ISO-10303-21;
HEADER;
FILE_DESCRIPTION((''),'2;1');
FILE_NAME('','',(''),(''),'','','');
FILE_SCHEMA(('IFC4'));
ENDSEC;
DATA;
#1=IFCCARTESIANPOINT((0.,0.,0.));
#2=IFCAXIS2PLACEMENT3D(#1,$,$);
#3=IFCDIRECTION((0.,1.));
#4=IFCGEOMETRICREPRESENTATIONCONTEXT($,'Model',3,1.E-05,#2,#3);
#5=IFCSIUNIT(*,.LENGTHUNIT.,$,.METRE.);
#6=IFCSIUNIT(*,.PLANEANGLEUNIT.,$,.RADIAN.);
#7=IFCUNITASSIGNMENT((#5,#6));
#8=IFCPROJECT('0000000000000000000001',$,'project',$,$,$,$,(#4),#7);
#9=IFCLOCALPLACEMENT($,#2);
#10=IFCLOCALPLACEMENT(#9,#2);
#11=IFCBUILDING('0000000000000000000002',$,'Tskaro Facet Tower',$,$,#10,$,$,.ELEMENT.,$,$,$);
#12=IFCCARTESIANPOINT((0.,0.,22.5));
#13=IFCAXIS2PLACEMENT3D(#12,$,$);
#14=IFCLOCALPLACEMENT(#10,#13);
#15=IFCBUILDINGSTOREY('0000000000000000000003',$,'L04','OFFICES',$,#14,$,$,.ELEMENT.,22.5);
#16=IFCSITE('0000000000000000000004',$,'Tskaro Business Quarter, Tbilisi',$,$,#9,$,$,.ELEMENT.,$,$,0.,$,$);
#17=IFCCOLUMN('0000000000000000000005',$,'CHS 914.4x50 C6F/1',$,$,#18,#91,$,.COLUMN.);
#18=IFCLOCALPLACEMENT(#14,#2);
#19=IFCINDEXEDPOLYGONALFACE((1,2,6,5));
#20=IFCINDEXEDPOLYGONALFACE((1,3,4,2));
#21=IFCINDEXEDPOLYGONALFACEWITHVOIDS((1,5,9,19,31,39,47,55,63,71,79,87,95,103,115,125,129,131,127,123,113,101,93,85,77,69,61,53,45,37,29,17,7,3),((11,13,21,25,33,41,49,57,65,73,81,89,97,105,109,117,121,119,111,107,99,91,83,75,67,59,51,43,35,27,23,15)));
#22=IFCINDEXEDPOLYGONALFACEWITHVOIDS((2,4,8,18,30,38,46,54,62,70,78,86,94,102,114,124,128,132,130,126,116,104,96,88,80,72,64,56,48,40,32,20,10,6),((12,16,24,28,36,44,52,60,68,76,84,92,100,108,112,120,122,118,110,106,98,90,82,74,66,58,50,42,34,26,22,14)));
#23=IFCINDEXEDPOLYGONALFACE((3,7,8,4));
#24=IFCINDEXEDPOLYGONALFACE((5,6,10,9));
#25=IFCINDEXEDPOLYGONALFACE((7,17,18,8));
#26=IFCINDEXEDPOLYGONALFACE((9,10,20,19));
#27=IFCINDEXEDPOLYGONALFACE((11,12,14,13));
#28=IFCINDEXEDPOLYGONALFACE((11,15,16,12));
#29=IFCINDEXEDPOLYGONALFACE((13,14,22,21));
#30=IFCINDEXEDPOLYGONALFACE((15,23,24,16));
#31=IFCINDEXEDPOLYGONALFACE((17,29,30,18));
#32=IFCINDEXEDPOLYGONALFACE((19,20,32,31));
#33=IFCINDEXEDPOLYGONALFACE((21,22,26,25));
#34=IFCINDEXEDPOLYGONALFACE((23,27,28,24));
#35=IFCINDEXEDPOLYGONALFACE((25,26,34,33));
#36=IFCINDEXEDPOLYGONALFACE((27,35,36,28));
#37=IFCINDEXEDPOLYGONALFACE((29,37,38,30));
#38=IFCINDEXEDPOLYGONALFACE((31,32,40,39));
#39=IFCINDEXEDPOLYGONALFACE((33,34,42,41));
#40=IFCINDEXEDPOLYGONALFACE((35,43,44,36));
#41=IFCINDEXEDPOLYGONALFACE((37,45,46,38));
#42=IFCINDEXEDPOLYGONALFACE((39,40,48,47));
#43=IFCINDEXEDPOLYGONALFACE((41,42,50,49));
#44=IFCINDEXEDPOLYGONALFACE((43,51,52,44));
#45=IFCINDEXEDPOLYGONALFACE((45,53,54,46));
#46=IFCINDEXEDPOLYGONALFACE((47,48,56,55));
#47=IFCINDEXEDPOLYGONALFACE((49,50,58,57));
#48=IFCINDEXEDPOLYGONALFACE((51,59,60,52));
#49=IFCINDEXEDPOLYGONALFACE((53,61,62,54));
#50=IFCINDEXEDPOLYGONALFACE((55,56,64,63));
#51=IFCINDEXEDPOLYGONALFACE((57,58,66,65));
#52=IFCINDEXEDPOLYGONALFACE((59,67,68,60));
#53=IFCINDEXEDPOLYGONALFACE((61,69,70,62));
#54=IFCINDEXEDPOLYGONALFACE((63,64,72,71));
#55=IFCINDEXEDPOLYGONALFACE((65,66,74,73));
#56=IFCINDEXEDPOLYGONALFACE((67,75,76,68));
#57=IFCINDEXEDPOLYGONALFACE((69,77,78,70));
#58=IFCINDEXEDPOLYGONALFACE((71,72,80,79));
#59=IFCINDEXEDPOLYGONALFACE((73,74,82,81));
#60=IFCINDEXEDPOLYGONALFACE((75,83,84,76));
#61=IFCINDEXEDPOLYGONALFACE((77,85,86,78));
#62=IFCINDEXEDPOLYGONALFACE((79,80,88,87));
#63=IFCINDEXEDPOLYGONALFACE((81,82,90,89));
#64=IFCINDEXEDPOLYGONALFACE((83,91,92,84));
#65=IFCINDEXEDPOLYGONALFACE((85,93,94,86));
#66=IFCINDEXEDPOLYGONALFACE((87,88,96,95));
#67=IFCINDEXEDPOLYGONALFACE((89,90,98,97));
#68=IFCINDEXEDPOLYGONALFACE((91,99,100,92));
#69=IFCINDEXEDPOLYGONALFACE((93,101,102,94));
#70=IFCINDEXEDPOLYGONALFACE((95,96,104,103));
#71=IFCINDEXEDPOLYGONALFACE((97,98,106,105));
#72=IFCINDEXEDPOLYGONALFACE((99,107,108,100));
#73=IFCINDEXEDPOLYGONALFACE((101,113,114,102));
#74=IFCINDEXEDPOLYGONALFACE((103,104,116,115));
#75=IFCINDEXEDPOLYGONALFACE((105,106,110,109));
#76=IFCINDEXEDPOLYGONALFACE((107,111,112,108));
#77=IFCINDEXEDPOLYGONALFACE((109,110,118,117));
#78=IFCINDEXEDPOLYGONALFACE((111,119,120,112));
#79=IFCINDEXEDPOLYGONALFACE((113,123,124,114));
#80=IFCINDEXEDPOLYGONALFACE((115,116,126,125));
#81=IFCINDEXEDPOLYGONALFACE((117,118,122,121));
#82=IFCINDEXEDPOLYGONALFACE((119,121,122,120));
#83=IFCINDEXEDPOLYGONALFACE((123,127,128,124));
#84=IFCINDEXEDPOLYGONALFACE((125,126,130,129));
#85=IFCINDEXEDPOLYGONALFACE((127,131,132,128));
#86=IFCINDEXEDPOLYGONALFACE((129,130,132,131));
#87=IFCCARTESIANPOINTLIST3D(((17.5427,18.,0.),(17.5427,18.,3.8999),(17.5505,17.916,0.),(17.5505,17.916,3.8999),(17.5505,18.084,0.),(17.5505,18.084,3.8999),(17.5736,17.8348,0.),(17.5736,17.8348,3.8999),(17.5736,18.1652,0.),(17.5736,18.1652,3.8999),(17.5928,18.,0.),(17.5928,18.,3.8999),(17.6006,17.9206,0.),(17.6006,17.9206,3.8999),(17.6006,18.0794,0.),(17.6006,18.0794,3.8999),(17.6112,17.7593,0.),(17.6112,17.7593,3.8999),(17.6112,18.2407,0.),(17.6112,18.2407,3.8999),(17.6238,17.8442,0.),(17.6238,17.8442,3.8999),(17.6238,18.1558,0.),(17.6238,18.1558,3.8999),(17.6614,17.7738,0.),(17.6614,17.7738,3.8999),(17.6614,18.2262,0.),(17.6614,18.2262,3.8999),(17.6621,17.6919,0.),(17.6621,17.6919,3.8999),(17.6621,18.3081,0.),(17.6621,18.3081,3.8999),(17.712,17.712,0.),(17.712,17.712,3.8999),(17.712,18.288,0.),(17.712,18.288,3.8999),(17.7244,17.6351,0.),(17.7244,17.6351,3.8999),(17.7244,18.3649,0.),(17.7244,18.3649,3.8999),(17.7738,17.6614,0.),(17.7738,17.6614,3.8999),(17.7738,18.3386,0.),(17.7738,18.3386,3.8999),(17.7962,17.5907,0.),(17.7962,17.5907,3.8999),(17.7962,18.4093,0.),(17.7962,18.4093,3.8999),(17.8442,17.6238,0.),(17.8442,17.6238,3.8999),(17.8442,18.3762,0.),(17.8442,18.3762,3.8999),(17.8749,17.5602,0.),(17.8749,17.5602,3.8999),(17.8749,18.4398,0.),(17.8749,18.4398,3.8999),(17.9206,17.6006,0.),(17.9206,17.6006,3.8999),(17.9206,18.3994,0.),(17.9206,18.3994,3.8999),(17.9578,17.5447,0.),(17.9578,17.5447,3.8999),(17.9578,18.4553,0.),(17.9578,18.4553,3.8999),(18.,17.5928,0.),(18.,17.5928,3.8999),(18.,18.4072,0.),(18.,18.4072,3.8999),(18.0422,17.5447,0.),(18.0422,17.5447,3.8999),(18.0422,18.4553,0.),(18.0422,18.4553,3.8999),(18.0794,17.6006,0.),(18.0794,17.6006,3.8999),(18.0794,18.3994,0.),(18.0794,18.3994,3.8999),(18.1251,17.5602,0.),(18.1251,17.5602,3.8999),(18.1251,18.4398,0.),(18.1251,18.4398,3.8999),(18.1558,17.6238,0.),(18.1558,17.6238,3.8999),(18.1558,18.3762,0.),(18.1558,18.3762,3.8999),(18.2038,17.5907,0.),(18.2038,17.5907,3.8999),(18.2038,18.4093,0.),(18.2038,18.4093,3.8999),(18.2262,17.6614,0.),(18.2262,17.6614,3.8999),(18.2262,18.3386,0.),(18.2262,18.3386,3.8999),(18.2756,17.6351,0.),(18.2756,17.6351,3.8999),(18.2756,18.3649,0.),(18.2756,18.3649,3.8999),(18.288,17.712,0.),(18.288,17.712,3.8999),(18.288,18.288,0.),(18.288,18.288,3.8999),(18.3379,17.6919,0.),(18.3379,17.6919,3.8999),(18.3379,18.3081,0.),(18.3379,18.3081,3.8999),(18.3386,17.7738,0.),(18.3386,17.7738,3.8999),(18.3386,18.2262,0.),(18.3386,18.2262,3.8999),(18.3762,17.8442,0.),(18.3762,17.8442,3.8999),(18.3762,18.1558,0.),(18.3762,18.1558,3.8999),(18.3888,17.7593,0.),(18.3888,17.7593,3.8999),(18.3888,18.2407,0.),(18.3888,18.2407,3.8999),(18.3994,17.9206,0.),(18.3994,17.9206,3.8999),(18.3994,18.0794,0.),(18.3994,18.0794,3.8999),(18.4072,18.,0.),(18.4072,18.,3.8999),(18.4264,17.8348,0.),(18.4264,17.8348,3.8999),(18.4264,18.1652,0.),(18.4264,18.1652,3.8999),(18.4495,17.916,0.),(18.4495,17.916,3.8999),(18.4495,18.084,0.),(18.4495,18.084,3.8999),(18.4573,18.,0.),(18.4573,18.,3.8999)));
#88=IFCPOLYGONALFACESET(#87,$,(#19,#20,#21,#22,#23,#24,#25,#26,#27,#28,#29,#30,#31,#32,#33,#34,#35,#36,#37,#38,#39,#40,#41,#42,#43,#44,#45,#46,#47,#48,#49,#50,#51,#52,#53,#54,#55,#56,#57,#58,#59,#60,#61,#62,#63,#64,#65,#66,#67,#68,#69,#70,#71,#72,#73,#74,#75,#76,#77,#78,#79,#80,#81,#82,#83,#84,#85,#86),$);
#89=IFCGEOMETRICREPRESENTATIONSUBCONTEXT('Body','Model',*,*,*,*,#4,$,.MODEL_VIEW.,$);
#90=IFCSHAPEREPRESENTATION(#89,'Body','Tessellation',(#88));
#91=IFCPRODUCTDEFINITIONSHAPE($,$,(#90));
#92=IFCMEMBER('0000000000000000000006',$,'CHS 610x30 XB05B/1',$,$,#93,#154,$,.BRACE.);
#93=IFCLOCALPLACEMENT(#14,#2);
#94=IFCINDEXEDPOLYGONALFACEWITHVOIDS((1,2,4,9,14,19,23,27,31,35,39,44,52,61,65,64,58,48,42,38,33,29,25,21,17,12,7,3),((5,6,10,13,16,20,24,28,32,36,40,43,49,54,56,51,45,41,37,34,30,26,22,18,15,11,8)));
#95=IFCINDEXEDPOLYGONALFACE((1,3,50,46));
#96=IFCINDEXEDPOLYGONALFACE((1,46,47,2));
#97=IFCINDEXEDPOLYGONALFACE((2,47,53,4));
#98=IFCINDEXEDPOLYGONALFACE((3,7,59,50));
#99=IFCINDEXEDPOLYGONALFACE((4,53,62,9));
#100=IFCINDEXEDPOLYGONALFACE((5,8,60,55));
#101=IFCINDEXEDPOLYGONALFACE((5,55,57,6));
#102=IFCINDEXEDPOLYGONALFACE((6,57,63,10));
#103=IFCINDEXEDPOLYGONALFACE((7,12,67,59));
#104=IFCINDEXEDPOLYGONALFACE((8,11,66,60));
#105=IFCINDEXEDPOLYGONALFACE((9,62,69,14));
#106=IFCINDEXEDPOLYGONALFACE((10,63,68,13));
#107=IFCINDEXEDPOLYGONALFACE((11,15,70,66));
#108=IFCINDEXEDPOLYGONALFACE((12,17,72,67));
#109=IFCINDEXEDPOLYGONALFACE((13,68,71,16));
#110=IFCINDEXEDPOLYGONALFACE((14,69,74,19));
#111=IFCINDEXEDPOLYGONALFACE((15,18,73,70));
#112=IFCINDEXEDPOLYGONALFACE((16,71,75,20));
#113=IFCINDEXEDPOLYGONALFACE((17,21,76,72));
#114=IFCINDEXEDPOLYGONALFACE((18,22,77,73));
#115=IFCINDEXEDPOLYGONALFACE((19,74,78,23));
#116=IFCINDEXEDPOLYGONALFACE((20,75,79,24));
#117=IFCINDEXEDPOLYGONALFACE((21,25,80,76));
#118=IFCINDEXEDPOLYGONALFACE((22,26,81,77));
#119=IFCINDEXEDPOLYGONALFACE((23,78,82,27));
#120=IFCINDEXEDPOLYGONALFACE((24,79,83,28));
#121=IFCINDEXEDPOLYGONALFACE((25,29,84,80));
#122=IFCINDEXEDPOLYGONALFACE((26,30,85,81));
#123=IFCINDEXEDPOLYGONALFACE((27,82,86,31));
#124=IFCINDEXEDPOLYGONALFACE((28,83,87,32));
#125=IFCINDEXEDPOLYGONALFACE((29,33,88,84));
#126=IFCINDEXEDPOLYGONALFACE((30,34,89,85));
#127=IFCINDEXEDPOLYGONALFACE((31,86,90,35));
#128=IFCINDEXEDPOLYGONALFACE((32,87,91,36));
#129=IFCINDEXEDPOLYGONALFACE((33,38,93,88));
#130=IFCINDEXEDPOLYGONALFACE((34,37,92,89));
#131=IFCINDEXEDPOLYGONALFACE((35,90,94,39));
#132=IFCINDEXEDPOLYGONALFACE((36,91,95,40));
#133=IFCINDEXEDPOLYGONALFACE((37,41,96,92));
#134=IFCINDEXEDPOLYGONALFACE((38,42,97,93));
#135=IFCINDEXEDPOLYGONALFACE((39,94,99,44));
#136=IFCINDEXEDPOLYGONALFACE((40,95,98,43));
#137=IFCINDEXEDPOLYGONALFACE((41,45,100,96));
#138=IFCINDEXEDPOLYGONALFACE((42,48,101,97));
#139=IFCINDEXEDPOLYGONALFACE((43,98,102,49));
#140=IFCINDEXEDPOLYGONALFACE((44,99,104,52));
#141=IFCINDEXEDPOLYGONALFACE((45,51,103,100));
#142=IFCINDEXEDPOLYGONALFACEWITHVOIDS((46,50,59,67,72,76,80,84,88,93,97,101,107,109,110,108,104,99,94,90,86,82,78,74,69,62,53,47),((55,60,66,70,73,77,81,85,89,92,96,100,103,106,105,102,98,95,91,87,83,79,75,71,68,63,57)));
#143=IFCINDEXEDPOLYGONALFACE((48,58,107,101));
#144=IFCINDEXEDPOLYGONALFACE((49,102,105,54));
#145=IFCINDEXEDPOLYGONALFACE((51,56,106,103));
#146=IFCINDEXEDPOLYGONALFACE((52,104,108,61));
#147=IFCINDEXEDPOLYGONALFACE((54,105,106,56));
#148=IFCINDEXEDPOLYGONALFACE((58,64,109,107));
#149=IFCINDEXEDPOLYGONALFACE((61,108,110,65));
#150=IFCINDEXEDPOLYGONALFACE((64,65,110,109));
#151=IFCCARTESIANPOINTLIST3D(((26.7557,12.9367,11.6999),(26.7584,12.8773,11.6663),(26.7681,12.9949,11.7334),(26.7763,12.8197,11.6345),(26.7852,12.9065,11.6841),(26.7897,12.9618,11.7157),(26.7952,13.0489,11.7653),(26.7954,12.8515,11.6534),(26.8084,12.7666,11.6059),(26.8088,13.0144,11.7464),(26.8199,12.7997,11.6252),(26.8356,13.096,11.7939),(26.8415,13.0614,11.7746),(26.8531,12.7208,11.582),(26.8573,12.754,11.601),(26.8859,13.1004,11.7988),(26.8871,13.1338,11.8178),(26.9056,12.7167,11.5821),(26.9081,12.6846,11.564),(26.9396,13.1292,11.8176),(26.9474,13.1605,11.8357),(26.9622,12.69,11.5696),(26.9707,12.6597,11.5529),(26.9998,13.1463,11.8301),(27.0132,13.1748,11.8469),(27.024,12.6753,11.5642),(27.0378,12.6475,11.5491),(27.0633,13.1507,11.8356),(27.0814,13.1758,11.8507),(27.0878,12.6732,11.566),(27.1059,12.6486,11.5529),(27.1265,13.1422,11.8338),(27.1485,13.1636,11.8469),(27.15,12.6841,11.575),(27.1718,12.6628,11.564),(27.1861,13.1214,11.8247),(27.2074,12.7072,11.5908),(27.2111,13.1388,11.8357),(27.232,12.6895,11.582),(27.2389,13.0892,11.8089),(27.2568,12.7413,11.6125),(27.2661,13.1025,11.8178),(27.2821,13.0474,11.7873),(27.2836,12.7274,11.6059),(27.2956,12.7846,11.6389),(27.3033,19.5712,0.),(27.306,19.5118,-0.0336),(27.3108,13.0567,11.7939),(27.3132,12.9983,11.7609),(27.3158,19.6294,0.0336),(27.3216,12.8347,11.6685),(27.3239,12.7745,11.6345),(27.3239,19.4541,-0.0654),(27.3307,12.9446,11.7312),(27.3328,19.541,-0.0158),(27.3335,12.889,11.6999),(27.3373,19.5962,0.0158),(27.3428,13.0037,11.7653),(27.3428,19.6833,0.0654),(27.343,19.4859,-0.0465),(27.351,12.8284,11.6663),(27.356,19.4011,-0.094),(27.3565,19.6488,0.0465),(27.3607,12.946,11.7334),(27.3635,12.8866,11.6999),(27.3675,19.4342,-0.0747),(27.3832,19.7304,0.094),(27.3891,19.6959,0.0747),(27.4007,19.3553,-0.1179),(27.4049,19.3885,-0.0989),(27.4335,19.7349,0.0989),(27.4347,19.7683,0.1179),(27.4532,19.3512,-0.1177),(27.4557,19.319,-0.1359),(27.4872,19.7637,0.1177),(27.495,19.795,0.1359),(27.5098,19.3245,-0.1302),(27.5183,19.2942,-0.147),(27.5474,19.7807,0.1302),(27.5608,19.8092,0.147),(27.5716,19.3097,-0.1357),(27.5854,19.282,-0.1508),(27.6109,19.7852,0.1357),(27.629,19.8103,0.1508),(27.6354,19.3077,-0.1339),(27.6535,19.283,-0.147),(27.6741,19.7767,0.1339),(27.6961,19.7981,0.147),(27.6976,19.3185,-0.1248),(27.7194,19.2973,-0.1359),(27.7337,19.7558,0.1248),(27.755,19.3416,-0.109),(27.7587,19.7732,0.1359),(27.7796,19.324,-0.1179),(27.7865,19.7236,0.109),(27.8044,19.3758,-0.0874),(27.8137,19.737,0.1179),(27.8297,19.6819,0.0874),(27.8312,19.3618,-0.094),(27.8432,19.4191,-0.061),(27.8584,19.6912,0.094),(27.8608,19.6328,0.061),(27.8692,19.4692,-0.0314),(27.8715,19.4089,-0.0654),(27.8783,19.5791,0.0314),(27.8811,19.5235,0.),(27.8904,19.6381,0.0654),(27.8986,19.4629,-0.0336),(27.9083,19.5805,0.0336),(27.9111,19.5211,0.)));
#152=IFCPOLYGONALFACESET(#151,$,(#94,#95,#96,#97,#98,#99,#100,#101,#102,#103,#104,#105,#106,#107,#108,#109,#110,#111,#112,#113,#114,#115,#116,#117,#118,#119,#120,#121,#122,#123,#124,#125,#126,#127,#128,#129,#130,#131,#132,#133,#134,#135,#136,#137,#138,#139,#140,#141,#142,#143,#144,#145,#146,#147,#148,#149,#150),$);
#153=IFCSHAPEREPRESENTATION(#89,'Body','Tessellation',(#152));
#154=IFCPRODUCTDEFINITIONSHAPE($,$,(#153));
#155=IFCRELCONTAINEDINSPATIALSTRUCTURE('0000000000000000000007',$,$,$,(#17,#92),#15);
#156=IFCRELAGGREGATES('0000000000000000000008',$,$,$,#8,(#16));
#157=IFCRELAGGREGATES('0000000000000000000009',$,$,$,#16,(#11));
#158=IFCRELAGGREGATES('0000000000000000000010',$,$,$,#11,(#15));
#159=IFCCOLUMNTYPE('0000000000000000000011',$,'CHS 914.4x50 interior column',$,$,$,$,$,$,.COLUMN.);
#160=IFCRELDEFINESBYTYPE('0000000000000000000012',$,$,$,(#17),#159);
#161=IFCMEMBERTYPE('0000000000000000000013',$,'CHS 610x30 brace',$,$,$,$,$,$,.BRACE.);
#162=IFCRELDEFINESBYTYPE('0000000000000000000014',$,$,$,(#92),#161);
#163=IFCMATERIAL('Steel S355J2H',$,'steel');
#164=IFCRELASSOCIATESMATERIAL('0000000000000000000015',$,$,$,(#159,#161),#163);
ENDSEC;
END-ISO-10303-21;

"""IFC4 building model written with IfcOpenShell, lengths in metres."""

from ifc_helpers import new_model, si_unit, direction, frame, origin, origin_2d, place, context, subcontext, project, spatial, hollow_circle, extrude, material, material_profile, profile_set, type_object, element, save


model = new_model("IFC4")

# Units and contexts
model_context = context("Model", 3, precision=1e-05, world=origin(), true_north=direction((0.0, 1.0)))
body_context = subcontext(model_context, "Body", "Model", "MODEL_VIEW")
ifc_project = project(units=[si_unit("LENGTHUNIT", "METRE"), si_unit("PLANEANGLEUNIT", "RADIAN")], contexts=[model_context])

# Site, building, storey
site_placement = place(None, origin())
site = spatial("IfcSite", under=ifc_project, at=site_placement, Name="Tskaro Business Quarter, Tbilisi", CompositionType="ELEMENT", RefElevation=0.0)
building_placement = place(site_placement, origin())
building = spatial("IfcBuilding", under=site, at=building_placement, Name="Tskaro Facet Tower", CompositionType="ELEMENT")
storey_placement = place(building_placement, frame((0.0, 0.0, 22.5)))
storey = spatial("IfcBuildingStorey", under=building, at=storey_placement, Name="L04", Description="OFFICES", CompositionType="ELEMENT", Elevation=22.5)

# Column
ifc_material_1 = material(Name="Steel S355J2H", Category="steel")
ifc_material_profile_1 = material_profile(ifc_material_1, hollow_circle(Radius=0.4573, WallThickness=0.05, at=origin_2d()), Name="CHS 914.4x50")
ifc_profile_set_1 = profile_set([ifc_material_profile_1], Name="Steel S355J2H")
column_type_1 = type_object("IfcColumnType", Name="CHS 914.4x50 interior column", PredefinedType="COLUMN", material=ifc_profile_set_1)
column_placement = place(storey_placement, frame((18.0, 18.0, 0.0), z_axis=(0.0, 0.0, 1.0), x_axis=(1.0, 0.0, 0.0)))
element("IfcColumn", 1, at=column_placement, inside=storey, type_object=column_type_1, Name="CHS 914.4x50 C6F/1", PredefinedType="COLUMN", context=body_context, shape_type="SweptSolid", body=[
    extrude(hollow_circle(Radius=0.4573, WallThickness=0.05, at=origin_2d()), origin(), (0.0, 0.0, 1.0), 3.8999),
])

# Member
ifc_material_profile_2 = material_profile(ifc_material_1, hollow_circle(Radius=0.3049, WallThickness=0.03, at=origin_2d()), Name="CHS 610x30")
ifc_profile_set_2 = profile_set([ifc_material_profile_2], Name="Steel S355J2H")
member_type_1 = type_object("IfcMemberType", Name="CHS 610x30 brace", PredefinedType="BRACE", material=ifc_profile_set_2)
member_1_placement = place(storey_placement, frame((27.6072, 19.5461, 0.0), z_axis=(-0.04068, -0.49286, 0.869157), x_axis=(0.996611, -0.082259, 0.0)))
element("IfcMember", 2, at=member_1_placement, inside=storey, type_object=member_type_1, Name="CHS 610x30 XB05B/1", PredefinedType="BRACE", context=body_context, shape_type="SweptSolid", body=[
    extrude(hollow_circle(Radius=0.3049, WallThickness=0.03, at=origin_2d()), origin(), (0.0, 0.0, 1.0), 13.4612),
])

save(model, "model.ifc")
